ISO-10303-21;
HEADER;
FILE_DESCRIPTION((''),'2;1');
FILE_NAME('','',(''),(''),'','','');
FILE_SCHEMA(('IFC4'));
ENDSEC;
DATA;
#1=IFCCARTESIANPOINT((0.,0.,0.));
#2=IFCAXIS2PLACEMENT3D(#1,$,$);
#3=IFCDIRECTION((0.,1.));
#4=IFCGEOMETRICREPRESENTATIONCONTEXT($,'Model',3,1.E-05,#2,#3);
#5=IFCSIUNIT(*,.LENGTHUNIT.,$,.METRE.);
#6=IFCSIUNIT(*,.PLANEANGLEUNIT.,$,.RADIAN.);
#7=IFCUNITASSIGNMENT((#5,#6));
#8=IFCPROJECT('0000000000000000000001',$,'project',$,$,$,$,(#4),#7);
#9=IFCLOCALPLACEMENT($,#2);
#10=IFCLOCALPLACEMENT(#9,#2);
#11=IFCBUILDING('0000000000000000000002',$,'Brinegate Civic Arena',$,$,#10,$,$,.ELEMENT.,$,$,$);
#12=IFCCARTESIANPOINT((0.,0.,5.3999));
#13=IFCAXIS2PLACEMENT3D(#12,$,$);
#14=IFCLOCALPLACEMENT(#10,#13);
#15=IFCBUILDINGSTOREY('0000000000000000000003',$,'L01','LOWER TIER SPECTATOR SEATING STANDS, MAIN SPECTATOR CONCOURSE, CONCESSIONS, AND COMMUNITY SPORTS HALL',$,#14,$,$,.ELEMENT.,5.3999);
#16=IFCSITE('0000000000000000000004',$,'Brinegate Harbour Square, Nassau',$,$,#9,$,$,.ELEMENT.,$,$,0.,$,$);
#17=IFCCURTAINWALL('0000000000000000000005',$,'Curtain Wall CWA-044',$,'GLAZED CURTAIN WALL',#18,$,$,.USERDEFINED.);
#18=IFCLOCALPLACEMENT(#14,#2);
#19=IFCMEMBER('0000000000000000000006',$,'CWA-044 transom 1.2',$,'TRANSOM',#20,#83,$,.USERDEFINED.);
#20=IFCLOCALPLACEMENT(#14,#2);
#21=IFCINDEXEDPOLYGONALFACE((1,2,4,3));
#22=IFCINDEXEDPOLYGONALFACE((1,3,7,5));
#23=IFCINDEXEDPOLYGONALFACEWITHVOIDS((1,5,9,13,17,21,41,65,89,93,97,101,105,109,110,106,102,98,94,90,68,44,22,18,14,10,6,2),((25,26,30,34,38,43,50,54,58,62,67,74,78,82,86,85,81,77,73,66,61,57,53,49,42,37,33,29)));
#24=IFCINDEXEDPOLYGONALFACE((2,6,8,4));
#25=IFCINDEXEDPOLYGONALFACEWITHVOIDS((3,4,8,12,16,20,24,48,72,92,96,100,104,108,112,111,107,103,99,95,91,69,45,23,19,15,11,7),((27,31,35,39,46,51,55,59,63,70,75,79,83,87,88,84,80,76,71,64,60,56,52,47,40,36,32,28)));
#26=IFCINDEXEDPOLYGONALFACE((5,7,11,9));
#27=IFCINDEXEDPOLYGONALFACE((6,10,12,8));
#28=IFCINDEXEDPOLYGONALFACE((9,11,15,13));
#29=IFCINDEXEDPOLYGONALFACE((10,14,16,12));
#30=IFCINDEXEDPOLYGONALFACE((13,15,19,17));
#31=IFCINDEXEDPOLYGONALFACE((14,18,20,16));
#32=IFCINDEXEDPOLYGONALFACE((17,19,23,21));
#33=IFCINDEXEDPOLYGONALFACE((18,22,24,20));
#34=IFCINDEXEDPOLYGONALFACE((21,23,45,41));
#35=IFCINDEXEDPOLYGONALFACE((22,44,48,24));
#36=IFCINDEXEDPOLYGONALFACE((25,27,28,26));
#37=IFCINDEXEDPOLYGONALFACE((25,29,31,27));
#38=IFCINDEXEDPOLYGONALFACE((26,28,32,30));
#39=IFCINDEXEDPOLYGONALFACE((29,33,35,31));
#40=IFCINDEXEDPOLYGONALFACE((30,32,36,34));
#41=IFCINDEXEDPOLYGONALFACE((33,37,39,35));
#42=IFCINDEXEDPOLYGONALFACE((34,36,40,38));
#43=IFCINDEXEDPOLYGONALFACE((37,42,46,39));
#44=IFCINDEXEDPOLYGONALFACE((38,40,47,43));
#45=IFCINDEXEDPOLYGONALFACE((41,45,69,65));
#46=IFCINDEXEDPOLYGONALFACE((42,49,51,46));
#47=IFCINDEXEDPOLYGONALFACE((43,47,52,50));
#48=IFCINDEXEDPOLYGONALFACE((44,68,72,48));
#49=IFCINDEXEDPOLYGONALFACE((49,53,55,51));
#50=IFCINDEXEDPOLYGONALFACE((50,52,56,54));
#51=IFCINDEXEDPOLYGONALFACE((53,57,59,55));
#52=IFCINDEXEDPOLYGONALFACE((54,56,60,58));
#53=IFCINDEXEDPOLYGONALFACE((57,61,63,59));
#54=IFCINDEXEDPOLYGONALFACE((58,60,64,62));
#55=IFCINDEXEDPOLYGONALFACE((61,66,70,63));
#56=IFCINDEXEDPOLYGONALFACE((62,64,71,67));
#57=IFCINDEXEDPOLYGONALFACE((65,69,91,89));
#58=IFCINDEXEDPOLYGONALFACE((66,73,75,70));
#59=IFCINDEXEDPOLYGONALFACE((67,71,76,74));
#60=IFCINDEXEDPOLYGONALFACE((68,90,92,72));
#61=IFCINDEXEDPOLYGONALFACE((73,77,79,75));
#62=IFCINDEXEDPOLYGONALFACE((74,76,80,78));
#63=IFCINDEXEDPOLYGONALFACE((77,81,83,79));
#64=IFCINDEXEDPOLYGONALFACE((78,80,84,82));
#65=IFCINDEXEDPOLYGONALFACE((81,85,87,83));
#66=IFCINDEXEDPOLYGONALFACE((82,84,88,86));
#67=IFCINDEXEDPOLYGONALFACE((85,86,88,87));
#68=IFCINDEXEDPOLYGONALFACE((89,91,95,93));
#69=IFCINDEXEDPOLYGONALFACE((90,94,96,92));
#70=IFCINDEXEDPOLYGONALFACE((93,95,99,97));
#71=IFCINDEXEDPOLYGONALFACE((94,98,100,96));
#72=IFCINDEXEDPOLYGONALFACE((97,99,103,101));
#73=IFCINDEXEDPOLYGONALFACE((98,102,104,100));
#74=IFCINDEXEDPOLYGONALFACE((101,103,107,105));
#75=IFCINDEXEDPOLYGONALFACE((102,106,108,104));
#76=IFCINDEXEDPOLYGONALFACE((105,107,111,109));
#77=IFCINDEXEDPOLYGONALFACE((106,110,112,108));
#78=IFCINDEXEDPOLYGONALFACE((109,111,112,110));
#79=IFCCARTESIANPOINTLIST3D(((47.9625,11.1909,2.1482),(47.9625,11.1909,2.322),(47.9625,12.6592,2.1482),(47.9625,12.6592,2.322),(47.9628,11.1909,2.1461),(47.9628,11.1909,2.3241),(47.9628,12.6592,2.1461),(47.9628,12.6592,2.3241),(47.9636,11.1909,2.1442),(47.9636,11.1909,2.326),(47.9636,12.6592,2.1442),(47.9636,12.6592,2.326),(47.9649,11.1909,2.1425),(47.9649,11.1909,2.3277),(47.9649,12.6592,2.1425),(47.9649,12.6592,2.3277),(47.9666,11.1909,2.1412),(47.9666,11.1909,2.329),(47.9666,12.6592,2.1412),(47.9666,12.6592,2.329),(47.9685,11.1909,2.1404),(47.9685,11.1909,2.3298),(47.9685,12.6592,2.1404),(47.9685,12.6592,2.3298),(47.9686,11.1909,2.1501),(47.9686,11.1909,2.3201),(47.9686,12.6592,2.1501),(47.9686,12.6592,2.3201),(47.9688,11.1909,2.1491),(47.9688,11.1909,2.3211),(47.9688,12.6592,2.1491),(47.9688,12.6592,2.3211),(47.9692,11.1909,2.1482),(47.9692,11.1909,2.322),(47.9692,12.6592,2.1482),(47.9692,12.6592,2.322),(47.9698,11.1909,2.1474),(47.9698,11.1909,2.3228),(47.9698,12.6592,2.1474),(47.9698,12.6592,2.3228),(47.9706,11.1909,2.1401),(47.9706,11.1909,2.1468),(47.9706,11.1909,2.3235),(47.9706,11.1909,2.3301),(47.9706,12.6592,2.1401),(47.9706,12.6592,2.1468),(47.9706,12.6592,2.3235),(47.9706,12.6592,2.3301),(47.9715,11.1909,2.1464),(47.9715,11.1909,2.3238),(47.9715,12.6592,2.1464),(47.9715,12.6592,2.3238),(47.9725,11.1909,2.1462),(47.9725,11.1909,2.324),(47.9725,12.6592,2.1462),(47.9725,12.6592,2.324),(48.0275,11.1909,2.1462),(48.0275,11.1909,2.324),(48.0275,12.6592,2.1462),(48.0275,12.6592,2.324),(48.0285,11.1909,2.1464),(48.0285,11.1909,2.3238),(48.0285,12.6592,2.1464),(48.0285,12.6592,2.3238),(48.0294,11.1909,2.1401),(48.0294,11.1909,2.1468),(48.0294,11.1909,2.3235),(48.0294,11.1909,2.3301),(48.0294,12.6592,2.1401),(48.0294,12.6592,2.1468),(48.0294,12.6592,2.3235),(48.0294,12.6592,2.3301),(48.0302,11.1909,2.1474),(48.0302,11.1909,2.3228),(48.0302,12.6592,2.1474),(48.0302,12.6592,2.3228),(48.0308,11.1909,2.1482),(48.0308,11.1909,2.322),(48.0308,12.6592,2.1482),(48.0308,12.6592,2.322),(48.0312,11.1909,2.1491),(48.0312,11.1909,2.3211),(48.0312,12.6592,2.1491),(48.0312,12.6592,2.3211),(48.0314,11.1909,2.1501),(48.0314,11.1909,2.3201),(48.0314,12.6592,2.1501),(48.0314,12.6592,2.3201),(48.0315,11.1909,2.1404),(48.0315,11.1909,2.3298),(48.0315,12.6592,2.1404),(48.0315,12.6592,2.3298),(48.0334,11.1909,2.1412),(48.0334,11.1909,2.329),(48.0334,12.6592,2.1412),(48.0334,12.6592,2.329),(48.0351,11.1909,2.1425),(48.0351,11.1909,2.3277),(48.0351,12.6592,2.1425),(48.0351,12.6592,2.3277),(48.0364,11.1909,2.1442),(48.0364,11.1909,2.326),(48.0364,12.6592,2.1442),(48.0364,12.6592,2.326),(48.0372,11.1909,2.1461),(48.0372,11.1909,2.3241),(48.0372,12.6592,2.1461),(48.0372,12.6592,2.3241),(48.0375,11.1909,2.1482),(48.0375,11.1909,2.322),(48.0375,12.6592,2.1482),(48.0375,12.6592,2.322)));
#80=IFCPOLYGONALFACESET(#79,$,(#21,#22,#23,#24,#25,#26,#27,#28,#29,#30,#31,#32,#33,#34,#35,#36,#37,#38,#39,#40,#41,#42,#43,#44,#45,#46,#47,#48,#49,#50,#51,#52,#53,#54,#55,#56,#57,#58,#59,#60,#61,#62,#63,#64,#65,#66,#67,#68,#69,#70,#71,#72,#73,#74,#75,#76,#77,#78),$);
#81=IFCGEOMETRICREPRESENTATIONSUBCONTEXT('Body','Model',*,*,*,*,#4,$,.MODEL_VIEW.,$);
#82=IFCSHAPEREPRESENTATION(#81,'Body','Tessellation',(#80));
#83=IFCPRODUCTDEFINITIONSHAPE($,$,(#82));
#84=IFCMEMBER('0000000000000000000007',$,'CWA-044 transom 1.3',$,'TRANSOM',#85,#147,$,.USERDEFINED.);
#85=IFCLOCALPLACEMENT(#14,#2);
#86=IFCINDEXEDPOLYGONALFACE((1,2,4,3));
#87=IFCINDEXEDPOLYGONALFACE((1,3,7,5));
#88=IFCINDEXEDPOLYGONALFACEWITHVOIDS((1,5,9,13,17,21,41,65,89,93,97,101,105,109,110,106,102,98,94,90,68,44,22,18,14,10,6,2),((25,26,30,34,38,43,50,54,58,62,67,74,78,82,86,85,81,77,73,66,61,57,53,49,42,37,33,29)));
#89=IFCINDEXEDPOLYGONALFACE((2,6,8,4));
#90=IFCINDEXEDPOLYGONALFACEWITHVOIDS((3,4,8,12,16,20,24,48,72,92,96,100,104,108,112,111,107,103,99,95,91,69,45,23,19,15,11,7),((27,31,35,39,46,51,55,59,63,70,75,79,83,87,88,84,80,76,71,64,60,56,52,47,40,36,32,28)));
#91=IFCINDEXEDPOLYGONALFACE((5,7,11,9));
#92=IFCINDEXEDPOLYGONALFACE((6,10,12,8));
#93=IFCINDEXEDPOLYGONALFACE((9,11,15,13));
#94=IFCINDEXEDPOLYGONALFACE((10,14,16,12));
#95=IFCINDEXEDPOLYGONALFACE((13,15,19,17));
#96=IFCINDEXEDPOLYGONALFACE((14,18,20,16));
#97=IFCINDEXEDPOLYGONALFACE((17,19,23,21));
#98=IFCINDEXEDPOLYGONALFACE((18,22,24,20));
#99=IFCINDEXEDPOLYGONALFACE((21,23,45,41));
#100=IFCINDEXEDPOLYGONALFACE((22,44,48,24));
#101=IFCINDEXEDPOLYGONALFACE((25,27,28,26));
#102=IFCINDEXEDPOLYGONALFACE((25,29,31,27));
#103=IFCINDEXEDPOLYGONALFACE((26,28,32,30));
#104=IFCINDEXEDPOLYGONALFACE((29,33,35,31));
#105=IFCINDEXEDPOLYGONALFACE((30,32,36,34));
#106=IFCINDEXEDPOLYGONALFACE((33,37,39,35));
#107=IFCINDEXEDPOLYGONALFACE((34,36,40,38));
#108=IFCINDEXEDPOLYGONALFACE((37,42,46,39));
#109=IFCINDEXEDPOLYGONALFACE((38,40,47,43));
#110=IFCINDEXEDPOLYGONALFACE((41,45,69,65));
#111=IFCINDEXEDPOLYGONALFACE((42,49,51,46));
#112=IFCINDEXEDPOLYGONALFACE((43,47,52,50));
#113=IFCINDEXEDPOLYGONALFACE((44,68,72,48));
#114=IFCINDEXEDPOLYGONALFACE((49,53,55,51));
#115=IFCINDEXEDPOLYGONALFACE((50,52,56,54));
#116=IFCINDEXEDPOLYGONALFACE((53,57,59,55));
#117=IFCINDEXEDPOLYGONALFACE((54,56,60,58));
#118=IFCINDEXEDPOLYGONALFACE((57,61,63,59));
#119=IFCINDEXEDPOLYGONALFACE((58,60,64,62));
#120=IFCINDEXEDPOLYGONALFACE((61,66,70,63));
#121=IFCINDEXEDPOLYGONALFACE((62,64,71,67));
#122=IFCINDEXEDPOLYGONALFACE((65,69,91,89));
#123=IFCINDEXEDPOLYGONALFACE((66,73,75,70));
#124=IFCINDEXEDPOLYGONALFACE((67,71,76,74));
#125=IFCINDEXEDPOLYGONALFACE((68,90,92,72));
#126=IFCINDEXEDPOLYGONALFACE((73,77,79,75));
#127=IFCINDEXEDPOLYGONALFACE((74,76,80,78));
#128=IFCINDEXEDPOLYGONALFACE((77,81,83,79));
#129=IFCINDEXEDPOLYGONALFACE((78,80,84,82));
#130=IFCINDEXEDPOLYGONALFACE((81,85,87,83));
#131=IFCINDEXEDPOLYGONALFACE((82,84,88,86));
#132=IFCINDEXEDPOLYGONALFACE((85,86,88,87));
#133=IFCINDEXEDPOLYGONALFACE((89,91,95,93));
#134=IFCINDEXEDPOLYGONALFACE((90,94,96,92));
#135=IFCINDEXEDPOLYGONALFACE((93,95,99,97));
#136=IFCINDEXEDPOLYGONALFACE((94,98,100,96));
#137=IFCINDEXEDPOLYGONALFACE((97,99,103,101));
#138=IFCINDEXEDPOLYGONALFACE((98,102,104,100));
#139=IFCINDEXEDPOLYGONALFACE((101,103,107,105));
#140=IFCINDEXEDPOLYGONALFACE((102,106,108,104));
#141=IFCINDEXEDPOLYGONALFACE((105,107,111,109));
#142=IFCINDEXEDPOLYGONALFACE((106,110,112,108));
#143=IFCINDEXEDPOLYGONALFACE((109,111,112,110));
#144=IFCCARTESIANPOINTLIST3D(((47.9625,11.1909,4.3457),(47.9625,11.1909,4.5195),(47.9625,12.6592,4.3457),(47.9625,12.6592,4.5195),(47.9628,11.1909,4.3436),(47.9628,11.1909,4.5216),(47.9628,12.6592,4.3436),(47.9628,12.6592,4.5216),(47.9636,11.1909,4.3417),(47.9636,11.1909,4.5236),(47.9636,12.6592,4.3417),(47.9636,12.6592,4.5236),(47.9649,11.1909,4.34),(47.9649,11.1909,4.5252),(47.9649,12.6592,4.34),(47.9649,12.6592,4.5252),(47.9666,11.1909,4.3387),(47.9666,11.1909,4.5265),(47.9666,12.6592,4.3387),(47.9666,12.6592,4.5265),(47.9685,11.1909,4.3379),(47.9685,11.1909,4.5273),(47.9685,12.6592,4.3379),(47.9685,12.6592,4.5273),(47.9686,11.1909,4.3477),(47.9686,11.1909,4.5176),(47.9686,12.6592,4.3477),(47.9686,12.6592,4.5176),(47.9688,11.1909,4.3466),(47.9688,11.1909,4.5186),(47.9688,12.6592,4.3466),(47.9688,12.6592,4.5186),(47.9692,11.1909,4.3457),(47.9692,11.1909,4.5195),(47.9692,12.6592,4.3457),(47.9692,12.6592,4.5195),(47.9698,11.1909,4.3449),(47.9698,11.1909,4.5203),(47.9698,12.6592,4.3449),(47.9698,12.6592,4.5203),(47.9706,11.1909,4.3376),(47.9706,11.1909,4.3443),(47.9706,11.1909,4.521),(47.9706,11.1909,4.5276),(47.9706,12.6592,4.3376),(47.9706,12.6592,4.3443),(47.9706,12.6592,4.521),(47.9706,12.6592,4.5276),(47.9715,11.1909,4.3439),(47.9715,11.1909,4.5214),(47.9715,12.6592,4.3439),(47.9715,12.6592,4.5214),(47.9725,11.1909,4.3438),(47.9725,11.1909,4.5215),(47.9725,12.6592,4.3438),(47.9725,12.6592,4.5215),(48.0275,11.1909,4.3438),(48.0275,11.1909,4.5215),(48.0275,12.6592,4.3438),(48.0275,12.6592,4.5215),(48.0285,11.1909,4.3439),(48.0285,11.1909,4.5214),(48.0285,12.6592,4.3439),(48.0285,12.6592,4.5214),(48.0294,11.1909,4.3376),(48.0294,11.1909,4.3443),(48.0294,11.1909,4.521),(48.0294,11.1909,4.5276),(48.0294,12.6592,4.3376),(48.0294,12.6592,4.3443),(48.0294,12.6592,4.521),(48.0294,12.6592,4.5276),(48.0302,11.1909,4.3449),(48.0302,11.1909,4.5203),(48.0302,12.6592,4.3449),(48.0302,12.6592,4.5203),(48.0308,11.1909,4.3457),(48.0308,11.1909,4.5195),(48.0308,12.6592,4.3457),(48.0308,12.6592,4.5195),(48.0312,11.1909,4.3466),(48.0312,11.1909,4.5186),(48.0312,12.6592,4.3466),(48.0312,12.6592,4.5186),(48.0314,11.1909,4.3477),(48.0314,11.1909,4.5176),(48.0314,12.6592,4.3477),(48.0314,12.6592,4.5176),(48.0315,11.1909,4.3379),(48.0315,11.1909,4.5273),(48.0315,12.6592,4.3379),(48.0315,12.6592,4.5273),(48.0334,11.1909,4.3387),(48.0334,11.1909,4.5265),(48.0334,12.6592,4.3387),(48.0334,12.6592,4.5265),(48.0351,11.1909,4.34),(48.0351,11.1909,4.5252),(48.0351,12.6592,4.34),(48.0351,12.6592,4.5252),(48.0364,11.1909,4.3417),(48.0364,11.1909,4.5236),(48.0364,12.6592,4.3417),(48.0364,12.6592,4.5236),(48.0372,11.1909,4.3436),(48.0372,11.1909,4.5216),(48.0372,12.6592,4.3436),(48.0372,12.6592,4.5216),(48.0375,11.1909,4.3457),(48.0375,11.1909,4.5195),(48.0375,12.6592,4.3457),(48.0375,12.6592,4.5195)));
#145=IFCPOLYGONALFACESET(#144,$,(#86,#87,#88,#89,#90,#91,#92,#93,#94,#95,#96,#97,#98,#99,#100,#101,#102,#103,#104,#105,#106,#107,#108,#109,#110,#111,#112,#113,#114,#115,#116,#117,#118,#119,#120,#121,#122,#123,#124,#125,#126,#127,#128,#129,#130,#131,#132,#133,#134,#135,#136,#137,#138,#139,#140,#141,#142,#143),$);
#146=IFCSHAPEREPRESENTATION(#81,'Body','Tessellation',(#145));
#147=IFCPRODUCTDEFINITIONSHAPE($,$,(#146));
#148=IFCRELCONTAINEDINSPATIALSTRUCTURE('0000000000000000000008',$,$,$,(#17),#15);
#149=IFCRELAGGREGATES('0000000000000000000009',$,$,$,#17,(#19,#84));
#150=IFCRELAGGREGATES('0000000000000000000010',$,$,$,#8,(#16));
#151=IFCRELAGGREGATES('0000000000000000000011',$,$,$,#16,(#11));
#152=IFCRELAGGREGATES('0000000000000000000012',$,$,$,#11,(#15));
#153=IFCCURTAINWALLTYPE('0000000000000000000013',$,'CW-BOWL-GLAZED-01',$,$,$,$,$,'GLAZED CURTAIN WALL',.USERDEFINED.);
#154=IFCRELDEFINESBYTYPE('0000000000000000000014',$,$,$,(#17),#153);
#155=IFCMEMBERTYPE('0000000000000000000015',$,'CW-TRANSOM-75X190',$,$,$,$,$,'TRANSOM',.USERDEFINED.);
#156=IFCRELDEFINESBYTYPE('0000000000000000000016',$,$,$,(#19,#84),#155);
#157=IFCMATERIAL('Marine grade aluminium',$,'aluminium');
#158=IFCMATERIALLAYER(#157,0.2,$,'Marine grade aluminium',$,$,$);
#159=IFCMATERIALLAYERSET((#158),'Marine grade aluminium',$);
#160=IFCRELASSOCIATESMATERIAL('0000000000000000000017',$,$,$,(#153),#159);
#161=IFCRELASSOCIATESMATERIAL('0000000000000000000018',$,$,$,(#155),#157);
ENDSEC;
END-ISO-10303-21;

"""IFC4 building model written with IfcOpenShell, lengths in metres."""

from ifc_helpers import new_model, si_unit, direction, frame, origin, origin_2d, place, context, subcontext, project, spatial, hollow_rectangle, extrude, material, layer, layer_set, material_profile, profile_set, type_object, element, aggregate, save


model = new_model("IFC4")

# Units and contexts
model_context = context("Model", 3, precision=1e-05, world=origin(), true_north=direction((0.0, 1.0)))
body_context = subcontext(model_context, "Body", "Model", "MODEL_VIEW")
ifc_project = project(units=[si_unit("LENGTHUNIT", "METRE"), si_unit("PLANEANGLEUNIT", "RADIAN")], contexts=[model_context])

# Site, building, storey
site_placement = place(None, origin())
site = spatial("IfcSite", under=ifc_project, at=site_placement, Name="Brinegate Harbour Square, Nassau", CompositionType="ELEMENT", RefElevation=0.0)
building_placement = place(site_placement, origin())
building = spatial("IfcBuilding", under=site, at=building_placement, Name="Brinegate Civic Arena", CompositionType="ELEMENT")
storey_placement = place(building_placement, frame((0.0, 0.0, 5.3999)))
storey = spatial("IfcBuildingStorey", under=building, at=storey_placement, Name="L01", Description="LOWER TIER SPECTATOR SEATING STANDS, MAIN SPECTATOR CONCOURSE, CONCESSIONS, AND COMMUNITY SPORTS HALL", CompositionType="ELEMENT", Elevation=5.3999)

# Curtain wall, members
ifc_material_1 = material(Name="Marine grade aluminium", Category="aluminium")
ifc_layer_1 = layer(ifc_material_1, 0.2, Name="Marine grade aluminium")
ifc_layer_set_1 = layer_set([ifc_layer_1], Name="Marine grade aluminium")
curtain_wall_type = type_object("IfcCurtainWallType", Name="CW-BOWL-GLAZED-01", ElementType="GLAZED CURTAIN WALL", PredefinedType="USERDEFINED", material=ifc_layer_set_1)
curtain_wall_placement = place(storey_placement, origin())
curtain_wall = element("IfcCurtainWall", 1, at=curtain_wall_placement, inside=storey, type_object=curtain_wall_type, Name="Curtain Wall CWA-044", ObjectType="GLAZED CURTAIN WALL", PredefinedType="USERDEFINED")
ifc_material_profile_1 = material_profile(ifc_material_1, hollow_rectangle(XDim=0.075, YDim=0.1899, WallThickness=0.0061, InnerFilletRadius=0.0039, OuterFilletRadius=0.0081, at=origin_2d()), Name="TRN75X190")
ifc_profile_set_1 = profile_set([ifc_material_profile_1], Name="Marine grade aluminium")
member_type_1 = type_object("IfcMemberType", Name="CW-TRANSOM-75X190", ElementType="TRANSOM", PredefinedType="USERDEFINED", material=ifc_profile_set_1)
member_1_placement = place(storey_placement, frame((48.0, 11.1909, 2.2351), z_axis=(0.0, 1.0, 0.0), x_axis=(-1.0, 0.0, 0.0)))
member_1 = element("IfcMember", 2, at=member_1_placement, type_object=member_type_1, Name="CWA-044 transom 1.2", ObjectType="TRANSOM", PredefinedType="USERDEFINED", context=body_context, shape_type="SweptSolid", body=[
    extrude(hollow_rectangle(XDim=0.075, YDim=0.1899, WallThickness=0.0061, InnerFilletRadius=0.0039, OuterFilletRadius=0.0081, at=origin_2d()), origin(), (0.0, 0.0, 1.0), 1.4683),
])
member_2_placement = place(storey_placement, frame((48.0, 11.1909, 4.4326), z_axis=(0.0, 1.0, 0.0), x_axis=(-1.0, 0.0, 0.0)))
member_2 = element("IfcMember", 3, at=member_2_placement, type_object=member_type_1, Name="CWA-044 transom 1.3", ObjectType="TRANSOM", PredefinedType="USERDEFINED", context=body_context, shape_type="SweptSolid", body=[
    extrude(hollow_rectangle(XDim=0.075, YDim=0.1899, WallThickness=0.0061, InnerFilletRadius=0.0039, OuterFilletRadius=0.0081, at=origin_2d()), origin(), (0.0, 0.0, 1.0), 1.4683),
])

aggregate(curtain_wall, [member_1, member_2])

save(model, "model.ifc")
